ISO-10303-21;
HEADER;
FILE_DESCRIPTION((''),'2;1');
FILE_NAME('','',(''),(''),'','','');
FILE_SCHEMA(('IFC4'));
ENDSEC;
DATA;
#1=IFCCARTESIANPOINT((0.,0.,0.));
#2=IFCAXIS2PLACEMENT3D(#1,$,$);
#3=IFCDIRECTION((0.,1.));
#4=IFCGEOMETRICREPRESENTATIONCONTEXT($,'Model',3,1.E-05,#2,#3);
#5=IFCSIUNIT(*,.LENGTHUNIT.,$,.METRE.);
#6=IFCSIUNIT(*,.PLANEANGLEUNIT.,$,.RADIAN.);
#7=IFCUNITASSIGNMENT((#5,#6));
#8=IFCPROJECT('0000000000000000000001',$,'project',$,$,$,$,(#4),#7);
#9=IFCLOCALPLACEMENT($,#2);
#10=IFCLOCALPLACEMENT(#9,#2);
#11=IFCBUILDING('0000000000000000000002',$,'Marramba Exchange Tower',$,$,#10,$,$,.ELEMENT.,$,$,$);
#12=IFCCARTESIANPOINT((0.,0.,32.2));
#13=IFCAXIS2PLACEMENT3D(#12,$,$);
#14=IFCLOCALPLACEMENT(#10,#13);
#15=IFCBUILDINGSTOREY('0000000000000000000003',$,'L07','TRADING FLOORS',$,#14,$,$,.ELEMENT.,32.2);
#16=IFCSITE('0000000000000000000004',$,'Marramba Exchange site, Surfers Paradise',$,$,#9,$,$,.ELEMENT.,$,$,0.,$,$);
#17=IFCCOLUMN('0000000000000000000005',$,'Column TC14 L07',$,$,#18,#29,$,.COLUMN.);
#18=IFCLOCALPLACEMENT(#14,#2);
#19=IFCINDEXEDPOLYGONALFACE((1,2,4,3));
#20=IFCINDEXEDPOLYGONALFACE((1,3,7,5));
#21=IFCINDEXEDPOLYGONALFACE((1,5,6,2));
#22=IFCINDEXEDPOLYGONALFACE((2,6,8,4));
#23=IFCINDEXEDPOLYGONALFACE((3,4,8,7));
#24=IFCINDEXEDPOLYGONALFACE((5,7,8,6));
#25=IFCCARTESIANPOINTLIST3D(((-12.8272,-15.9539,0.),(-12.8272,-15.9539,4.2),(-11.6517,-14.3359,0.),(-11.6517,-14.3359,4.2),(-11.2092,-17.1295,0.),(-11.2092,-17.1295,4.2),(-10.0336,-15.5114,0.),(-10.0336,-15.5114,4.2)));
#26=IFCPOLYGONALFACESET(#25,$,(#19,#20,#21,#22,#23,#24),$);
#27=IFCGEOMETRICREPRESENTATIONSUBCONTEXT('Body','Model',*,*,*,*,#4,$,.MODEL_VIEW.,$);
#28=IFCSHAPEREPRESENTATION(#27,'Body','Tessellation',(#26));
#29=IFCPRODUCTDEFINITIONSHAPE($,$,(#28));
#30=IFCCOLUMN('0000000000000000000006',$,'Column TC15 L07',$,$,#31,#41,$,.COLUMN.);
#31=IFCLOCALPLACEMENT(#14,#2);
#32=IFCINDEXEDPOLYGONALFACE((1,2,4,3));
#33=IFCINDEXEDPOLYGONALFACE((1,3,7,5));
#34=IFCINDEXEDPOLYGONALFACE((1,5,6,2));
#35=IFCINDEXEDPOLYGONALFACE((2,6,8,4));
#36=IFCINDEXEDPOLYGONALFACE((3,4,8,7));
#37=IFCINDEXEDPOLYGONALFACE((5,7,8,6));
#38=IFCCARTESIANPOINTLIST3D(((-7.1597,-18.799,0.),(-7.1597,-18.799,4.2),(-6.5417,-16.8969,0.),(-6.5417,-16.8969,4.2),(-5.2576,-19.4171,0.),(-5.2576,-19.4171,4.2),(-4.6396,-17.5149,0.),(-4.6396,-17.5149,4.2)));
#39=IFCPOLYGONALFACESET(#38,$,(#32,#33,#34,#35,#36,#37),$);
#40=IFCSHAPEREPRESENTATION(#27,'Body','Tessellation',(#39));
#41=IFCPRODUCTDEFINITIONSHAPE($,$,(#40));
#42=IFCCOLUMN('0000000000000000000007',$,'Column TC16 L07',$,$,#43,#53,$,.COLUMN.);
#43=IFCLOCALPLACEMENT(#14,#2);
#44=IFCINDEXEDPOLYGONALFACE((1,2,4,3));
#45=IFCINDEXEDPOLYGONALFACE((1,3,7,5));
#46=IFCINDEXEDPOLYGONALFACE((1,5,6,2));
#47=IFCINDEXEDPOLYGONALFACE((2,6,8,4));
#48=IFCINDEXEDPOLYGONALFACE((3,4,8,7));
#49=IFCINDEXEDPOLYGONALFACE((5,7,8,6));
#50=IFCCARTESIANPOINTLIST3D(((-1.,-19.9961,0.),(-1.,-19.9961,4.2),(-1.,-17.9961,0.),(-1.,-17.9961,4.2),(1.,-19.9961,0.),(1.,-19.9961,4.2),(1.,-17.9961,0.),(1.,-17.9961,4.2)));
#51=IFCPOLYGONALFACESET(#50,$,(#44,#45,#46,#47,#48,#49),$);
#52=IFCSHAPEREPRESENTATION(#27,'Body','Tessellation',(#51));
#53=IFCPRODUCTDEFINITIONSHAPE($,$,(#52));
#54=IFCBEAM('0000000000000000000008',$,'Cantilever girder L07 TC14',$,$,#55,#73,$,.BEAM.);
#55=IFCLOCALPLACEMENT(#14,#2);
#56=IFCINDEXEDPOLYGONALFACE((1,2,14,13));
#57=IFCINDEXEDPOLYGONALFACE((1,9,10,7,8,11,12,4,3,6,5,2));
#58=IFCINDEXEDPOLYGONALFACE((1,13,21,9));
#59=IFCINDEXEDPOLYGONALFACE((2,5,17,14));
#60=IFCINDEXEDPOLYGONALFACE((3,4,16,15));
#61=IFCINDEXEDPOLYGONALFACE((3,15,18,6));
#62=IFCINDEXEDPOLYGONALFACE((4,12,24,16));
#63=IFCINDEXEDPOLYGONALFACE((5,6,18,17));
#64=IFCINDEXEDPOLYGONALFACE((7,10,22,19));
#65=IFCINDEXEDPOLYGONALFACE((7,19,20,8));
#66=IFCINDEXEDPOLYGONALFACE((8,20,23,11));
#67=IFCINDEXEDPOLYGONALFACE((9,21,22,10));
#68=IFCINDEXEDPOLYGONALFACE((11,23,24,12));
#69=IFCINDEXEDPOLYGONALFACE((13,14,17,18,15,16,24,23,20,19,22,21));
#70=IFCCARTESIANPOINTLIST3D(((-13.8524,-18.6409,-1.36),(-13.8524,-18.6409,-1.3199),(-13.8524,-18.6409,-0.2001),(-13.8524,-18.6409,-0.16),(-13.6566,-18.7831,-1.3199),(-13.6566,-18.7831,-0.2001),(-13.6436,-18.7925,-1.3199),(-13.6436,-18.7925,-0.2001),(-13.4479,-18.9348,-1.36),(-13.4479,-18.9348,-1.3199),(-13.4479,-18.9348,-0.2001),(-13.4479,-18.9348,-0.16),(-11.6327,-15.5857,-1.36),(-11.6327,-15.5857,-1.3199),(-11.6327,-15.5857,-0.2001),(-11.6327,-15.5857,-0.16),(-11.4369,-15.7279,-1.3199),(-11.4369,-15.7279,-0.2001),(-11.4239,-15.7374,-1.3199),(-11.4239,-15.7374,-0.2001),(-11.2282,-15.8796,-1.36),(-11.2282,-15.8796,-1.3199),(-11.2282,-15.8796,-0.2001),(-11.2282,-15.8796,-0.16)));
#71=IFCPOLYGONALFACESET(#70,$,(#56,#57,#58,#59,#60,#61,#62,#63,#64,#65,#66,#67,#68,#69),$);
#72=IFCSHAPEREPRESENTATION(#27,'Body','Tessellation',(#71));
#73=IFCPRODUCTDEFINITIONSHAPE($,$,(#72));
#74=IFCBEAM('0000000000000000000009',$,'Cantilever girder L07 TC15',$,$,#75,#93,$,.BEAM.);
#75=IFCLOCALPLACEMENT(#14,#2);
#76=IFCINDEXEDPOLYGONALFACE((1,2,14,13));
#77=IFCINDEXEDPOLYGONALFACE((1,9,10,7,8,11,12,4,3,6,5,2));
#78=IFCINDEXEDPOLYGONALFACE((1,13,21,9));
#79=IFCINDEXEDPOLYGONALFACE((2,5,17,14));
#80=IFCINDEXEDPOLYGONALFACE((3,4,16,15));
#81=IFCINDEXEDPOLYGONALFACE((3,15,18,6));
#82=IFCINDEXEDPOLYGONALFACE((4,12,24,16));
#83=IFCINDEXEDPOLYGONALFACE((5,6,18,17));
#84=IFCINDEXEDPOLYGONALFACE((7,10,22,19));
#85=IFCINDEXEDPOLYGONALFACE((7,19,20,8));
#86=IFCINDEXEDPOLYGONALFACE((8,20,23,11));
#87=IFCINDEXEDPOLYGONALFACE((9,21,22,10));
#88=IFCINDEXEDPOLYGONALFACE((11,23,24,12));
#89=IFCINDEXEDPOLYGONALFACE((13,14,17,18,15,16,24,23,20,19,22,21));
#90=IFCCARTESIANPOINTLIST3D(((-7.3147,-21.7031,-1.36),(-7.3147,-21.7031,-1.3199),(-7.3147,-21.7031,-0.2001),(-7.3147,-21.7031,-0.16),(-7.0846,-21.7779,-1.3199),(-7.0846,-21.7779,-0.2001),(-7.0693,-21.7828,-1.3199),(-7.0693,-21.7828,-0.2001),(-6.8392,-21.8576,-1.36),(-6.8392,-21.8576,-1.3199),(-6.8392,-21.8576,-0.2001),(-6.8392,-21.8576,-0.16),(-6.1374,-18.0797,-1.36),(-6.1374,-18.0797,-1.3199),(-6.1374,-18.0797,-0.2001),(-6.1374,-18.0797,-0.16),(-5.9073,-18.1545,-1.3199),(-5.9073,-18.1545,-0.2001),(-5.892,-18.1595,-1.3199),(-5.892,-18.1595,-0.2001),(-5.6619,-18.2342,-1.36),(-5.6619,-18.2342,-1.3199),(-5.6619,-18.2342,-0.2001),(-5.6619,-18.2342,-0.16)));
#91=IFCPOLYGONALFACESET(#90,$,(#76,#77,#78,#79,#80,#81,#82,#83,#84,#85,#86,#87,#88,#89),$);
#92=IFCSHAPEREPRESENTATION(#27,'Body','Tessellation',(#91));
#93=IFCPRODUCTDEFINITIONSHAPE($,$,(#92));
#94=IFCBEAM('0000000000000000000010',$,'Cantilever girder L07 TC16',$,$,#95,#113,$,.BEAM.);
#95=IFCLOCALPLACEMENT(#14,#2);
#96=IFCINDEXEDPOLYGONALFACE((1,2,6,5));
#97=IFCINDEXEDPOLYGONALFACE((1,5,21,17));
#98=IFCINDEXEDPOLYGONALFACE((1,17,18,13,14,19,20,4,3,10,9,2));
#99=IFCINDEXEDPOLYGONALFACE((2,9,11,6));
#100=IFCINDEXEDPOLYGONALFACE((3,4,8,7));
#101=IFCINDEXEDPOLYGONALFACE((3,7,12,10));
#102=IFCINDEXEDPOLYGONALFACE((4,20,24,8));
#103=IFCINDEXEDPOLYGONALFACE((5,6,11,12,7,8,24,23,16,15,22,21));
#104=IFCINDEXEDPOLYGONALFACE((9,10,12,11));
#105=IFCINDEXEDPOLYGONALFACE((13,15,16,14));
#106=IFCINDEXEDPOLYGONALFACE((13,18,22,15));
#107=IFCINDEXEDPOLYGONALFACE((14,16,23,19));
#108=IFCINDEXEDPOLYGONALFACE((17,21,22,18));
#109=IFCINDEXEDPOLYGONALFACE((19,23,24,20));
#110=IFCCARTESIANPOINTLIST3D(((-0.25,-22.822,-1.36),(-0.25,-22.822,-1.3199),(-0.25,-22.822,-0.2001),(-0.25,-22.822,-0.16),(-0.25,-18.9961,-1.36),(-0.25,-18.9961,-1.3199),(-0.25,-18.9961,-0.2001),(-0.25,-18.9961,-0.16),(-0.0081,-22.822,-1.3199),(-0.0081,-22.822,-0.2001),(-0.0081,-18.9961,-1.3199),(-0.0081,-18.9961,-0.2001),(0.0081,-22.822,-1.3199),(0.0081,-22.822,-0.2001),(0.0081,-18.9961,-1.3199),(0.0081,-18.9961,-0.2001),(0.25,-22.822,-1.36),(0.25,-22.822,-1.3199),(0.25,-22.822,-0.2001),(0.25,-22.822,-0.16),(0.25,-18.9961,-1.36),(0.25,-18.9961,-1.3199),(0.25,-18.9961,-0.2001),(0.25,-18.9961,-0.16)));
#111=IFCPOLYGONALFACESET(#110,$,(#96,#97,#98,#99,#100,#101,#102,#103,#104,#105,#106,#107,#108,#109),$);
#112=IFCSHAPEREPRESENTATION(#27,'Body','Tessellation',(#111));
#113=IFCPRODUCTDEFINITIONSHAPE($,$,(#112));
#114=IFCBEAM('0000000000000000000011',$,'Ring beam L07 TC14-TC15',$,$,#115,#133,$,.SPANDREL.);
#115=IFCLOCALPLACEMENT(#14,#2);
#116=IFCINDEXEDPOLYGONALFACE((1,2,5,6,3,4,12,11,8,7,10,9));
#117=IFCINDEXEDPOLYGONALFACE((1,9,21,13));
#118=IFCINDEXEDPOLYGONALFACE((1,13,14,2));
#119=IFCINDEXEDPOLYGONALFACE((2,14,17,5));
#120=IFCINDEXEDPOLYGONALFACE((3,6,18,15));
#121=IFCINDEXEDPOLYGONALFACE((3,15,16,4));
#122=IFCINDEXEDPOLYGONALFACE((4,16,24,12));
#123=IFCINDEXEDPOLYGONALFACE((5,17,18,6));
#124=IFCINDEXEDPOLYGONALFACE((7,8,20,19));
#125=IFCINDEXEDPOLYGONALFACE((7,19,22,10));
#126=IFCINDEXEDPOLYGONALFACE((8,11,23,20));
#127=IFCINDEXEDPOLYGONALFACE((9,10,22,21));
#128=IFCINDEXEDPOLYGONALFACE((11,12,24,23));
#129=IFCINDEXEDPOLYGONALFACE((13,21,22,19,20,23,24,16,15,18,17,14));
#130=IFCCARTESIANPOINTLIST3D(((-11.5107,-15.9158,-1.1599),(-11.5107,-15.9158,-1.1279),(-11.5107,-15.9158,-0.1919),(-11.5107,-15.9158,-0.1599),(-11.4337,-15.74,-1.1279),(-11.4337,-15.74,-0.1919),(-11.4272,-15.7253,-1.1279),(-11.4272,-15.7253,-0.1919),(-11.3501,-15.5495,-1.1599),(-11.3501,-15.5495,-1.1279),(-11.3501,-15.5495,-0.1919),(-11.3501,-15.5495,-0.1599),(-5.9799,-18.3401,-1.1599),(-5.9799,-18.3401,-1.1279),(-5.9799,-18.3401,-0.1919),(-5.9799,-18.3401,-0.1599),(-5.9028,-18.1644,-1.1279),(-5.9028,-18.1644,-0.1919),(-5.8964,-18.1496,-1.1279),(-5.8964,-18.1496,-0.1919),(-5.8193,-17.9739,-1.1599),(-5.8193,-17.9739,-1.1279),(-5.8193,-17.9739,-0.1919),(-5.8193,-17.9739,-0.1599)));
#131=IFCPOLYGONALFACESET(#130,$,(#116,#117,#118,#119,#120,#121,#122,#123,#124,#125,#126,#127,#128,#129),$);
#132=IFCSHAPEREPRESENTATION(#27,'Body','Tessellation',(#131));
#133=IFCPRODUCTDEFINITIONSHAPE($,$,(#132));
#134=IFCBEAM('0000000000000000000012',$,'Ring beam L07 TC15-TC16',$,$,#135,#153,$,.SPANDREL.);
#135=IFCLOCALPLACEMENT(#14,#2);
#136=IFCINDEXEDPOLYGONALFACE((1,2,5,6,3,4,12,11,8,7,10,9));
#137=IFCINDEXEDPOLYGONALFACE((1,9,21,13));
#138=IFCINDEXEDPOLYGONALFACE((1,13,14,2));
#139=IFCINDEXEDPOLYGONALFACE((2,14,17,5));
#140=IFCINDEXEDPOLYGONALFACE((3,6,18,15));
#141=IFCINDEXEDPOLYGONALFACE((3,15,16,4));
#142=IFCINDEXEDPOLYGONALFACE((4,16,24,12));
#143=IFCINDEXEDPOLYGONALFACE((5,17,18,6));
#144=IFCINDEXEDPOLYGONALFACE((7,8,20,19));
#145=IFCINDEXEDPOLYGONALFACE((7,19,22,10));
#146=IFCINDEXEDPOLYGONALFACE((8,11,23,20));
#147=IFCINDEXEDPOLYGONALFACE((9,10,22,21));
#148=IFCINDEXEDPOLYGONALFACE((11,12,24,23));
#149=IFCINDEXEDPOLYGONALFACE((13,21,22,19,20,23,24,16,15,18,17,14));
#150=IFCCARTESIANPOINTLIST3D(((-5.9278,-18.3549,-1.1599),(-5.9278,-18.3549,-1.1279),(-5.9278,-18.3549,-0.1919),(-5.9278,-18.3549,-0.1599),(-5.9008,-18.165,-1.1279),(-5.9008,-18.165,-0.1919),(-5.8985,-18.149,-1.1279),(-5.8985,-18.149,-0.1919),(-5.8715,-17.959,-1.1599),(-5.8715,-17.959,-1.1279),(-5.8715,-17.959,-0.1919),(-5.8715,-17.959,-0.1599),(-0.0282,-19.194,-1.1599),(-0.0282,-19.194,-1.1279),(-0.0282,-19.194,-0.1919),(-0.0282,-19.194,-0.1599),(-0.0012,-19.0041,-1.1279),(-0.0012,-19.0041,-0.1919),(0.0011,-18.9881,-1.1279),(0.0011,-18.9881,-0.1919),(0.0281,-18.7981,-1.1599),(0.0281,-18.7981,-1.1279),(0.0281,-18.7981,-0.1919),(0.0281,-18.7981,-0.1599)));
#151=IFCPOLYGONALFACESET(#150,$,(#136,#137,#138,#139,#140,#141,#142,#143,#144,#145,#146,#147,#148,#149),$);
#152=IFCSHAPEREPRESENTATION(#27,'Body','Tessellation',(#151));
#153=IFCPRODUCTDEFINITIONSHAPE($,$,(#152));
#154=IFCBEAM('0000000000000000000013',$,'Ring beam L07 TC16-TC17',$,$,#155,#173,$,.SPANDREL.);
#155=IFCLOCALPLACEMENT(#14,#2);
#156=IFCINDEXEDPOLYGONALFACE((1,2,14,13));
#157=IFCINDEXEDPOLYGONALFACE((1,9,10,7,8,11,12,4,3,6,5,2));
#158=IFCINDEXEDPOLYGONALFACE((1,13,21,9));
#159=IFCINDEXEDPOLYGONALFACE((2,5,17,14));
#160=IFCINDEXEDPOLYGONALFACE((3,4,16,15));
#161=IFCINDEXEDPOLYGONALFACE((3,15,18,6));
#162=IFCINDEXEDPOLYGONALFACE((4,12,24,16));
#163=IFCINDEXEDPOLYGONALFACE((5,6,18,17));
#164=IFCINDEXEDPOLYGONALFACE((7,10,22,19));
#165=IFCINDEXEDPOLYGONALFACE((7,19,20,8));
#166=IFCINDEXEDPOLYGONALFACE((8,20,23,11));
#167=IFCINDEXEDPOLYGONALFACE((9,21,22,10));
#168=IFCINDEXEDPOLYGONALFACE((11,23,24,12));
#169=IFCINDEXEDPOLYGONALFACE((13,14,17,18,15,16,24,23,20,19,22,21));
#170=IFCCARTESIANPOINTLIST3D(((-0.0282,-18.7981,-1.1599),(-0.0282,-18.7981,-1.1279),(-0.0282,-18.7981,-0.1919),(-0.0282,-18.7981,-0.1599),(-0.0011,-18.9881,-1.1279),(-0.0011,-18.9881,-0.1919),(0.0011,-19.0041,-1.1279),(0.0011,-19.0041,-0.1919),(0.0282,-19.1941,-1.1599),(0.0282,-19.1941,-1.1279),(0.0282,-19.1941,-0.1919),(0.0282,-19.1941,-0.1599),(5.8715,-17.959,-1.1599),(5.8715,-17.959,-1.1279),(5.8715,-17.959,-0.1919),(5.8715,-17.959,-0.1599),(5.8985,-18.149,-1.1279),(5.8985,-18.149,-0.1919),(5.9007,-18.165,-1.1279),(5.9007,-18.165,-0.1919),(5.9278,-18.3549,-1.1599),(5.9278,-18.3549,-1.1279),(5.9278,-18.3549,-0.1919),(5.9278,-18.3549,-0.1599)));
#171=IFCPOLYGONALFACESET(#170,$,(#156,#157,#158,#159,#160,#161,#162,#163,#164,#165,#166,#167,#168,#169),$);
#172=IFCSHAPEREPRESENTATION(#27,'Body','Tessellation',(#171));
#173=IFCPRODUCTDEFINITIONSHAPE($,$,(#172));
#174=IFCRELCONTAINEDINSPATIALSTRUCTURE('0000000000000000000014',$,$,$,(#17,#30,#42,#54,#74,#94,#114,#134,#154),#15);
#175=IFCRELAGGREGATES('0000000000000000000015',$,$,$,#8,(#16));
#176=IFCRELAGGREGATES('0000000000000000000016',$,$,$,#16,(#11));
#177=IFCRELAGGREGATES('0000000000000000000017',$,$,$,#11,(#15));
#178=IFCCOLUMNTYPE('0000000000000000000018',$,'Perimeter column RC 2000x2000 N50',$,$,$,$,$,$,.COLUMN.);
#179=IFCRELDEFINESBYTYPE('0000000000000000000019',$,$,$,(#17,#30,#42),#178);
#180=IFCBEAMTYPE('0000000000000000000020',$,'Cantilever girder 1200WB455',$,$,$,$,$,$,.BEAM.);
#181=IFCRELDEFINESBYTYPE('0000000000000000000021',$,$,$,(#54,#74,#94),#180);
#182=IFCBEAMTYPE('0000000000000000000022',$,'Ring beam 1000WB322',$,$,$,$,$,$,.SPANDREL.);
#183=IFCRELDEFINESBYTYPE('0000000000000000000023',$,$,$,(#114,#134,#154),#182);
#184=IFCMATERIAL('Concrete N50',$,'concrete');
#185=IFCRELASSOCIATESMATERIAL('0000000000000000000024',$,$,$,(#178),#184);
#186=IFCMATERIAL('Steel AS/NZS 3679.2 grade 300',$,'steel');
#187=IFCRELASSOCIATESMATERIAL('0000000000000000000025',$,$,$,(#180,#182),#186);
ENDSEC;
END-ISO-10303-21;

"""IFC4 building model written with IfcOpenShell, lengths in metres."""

from ifc_helpers import new_model, si_unit, direction, frame, origin, origin_2d, place, context, subcontext, project, spatial, rectangle, i_section, extrude, material, material_profile, profile_set, type_object, element, save


model = new_model("IFC4")

# Units and contexts
model_context = context("Model", 3, precision=1e-05, world=origin(), true_north=direction((0.0, 1.0)))
body_context = subcontext(model_context, "Body", "Model", "MODEL_VIEW")
ifc_project = project(units=[si_unit("LENGTHUNIT", "METRE"), si_unit("PLANEANGLEUNIT", "RADIAN")], contexts=[model_context])

# Site, building, storey
site_placement = place(None, origin())
site = spatial("IfcSite", under=ifc_project, at=site_placement, Name="Marramba Exchange site, Surfers Paradise", CompositionType="ELEMENT", RefElevation=0.0)
building_placement = place(site_placement, origin())
building = spatial("IfcBuilding", under=site, at=building_placement, Name="Marramba Exchange Tower", CompositionType="ELEMENT")
storey_placement = place(building_placement, frame((0.0, 0.0, 32.2)))
storey = spatial("IfcBuildingStorey", under=building, at=storey_placement, Name="L07", Description="TRADING FLOORS", CompositionType="ELEMENT", Elevation=32.2)

# Columns
ifc_material_1 = material(Name="Concrete N50", Category="concrete")
ifc_material_profile_1 = material_profile(ifc_material_1, rectangle(XDim=2.0, YDim=2.0, at=origin_2d()), Name="RC 2000x2000")
ifc_profile_set_1 = profile_set([ifc_material_profile_1], Name="Concrete N50")
column_type = type_object("IfcColumnType", Name="Perimeter column RC 2000x2000 N50", PredefinedType="COLUMN", material=ifc_profile_set_1)
for number, where, z_axis, x_axis, name in (
    (1, (-11.4304, -15.7327, 0.0), (0.0, 0.0, 1.0), (-0.587785, -0.809017, 0.0), "Column TC14 L07"),
    (2, (-5.8997, -18.157, 0.0), (0.0, 0.0, 1.0), (-0.309017, -0.951057, 0.0), "Column TC15 L07"),
    (3, (0.0, -18.9961, 0.0), (0.0, 0.0, 1.0), (0.0, -1.0, 0.0), "Column TC16 L07"),
):
    element("IfcColumn", number, at=place(storey_placement, frame(where, z_axis=z_axis, x_axis=x_axis)), inside=storey, type_object=column_type, Name=name, PredefinedType="COLUMN", context=body_context, shape_type="SweptSolid", body=[
        extrude(rectangle(XDim=2.0, YDim=2.0, at=origin_2d()), origin(), (0.0, 0.0, 1.0), 4.2),
    ])

# Beams
ifc_material_2 = material(Name="Steel AS/NZS 3679.2 grade 300", Category="steel")
ifc_material_profile_2 = material_profile(ifc_material_2, i_section(OverallWidth=0.5, OverallDepth=1.2, WebThickness=0.0161, FlangeThickness=0.04, at=origin_2d()), Name="1200WB455")
ifc_profile_set_2 = profile_set([ifc_material_profile_2], Name="Steel AS/NZS 3679.2 grade 300")
beam_type_1 = type_object("IfcBeamType", Name="Cantilever girder 1200WB455", PredefinedType="BEAM", material=ifc_profile_set_2)
beam_1_placement = place(storey_placement, frame((-11.4304, -15.7327, -0.76), z_axis=(-0.587787, -0.809016, 0.0), x_axis=(0.809016, -0.587787, 0.0)))
element("IfcBeam", 4, at=beam_1_placement, inside=storey, type_object=beam_type_1, Name="Cantilever girder L07 TC14", PredefinedType="BEAM", context=body_context, shape_type="SweptSolid", body=[
    extrude(i_section(OverallWidth=0.5, OverallDepth=1.2, WebThickness=0.0161, FlangeThickness=0.04, at=origin_2d()), origin(), (0.0, 0.0, 1.0), 3.7764),
])
beam_2_placement = place(storey_placement, frame((-5.8997, -18.157, -0.76), z_axis=(-0.309009, -0.951059, 0.0), x_axis=(0.951059, -0.309009, 0.0)))
element("IfcBeam", 5, at=beam_2_placement, inside=storey, type_object=beam_type_1, Name="Cantilever girder L07 TC15", PredefinedType="BEAM", context=body_context, shape_type="SweptSolid", body=[
    extrude(i_section(OverallWidth=0.5, OverallDepth=1.2, WebThickness=0.0161, FlangeThickness=0.04, at=origin_2d()), origin(), (0.0, 0.0, 1.0), 3.8098),
])
beam_3_placement = place(storey_placement, frame((0.0, -18.9961, -0.76), z_axis=(0.0, -1.0, 0.0), x_axis=(1.0, 0.0, 0.0)))
element("IfcBeam", 6, at=beam_3_placement, inside=storey, type_object=beam_type_1, Name="Cantilever girder L07 TC16", PredefinedType="BEAM", context=body_context, shape_type="SweptSolid", body=[
    extrude(i_section(OverallWidth=0.5, OverallDepth=1.2, WebThickness=0.0161, FlangeThickness=0.04, at=origin_2d()), origin(), (0.0, 0.0, 1.0), 3.8259),
])
ifc_material_profile_3 = material_profile(ifc_material_2, i_section(OverallWidth=0.3999, OverallDepth=1.0, WebThickness=0.0161, FlangeThickness=0.032, at=origin_2d()), Name="1000WB322")
ifc_profile_set_3 = profile_set([ifc_material_profile_3], Name="Steel AS/NZS 3679.2 grade 300")
beam_type_2 = type_object("IfcBeamType", Name="Ring beam 1000WB322", PredefinedType="SPANDREL", material=ifc_profile_set_3)
beam_4_placement = place(storey_placement, frame((-11.4304, -15.7327, -0.6599), z_axis=(0.915877, -0.401459, 0.0), x_axis=(0.401459, 0.915877, 0.0)))
element("IfcBeam", 7, at=beam_4_placement, inside=storey, type_object=beam_type_2, Name="Ring beam L07 TC14-TC15", PredefinedType="SPANDREL", context=body_context, shape_type="SweptSolid", body=[
    extrude(i_section(OverallWidth=0.3999, OverallDepth=1.0, WebThickness=0.0161, FlangeThickness=0.032, at=origin_2d()), origin(), (0.0, 0.0, 1.0), 6.0388),
])
for number, where, z_axis, x_axis, name in (
    (8, (-5.8997, -18.157, -0.6599), (0.990036, -0.140813, 0.0), (0.140813, 0.990036, 0.0), "Ring beam L07 TC15-TC16"),
    (9, (0.0, -18.9961, -0.6599), (0.990036, 0.140813, 0.0), (-0.140813, 0.990036, 0.0), "Ring beam L07 TC16-TC17"),
):
    element("IfcBeam", number, at=place(storey_placement, frame(where, z_axis=z_axis, x_axis=x_axis)), inside=storey, type_object=beam_type_2, Name=name, PredefinedType="SPANDREL", context=body_context, shape_type="SweptSolid", body=[
        extrude(i_section(OverallWidth=0.3999, OverallDepth=1.0, WebThickness=0.0161, FlangeThickness=0.032, at=origin_2d()), origin(), (0.0, 0.0, 1.0), 5.959),
    ])

save(model, "model.ifc")
